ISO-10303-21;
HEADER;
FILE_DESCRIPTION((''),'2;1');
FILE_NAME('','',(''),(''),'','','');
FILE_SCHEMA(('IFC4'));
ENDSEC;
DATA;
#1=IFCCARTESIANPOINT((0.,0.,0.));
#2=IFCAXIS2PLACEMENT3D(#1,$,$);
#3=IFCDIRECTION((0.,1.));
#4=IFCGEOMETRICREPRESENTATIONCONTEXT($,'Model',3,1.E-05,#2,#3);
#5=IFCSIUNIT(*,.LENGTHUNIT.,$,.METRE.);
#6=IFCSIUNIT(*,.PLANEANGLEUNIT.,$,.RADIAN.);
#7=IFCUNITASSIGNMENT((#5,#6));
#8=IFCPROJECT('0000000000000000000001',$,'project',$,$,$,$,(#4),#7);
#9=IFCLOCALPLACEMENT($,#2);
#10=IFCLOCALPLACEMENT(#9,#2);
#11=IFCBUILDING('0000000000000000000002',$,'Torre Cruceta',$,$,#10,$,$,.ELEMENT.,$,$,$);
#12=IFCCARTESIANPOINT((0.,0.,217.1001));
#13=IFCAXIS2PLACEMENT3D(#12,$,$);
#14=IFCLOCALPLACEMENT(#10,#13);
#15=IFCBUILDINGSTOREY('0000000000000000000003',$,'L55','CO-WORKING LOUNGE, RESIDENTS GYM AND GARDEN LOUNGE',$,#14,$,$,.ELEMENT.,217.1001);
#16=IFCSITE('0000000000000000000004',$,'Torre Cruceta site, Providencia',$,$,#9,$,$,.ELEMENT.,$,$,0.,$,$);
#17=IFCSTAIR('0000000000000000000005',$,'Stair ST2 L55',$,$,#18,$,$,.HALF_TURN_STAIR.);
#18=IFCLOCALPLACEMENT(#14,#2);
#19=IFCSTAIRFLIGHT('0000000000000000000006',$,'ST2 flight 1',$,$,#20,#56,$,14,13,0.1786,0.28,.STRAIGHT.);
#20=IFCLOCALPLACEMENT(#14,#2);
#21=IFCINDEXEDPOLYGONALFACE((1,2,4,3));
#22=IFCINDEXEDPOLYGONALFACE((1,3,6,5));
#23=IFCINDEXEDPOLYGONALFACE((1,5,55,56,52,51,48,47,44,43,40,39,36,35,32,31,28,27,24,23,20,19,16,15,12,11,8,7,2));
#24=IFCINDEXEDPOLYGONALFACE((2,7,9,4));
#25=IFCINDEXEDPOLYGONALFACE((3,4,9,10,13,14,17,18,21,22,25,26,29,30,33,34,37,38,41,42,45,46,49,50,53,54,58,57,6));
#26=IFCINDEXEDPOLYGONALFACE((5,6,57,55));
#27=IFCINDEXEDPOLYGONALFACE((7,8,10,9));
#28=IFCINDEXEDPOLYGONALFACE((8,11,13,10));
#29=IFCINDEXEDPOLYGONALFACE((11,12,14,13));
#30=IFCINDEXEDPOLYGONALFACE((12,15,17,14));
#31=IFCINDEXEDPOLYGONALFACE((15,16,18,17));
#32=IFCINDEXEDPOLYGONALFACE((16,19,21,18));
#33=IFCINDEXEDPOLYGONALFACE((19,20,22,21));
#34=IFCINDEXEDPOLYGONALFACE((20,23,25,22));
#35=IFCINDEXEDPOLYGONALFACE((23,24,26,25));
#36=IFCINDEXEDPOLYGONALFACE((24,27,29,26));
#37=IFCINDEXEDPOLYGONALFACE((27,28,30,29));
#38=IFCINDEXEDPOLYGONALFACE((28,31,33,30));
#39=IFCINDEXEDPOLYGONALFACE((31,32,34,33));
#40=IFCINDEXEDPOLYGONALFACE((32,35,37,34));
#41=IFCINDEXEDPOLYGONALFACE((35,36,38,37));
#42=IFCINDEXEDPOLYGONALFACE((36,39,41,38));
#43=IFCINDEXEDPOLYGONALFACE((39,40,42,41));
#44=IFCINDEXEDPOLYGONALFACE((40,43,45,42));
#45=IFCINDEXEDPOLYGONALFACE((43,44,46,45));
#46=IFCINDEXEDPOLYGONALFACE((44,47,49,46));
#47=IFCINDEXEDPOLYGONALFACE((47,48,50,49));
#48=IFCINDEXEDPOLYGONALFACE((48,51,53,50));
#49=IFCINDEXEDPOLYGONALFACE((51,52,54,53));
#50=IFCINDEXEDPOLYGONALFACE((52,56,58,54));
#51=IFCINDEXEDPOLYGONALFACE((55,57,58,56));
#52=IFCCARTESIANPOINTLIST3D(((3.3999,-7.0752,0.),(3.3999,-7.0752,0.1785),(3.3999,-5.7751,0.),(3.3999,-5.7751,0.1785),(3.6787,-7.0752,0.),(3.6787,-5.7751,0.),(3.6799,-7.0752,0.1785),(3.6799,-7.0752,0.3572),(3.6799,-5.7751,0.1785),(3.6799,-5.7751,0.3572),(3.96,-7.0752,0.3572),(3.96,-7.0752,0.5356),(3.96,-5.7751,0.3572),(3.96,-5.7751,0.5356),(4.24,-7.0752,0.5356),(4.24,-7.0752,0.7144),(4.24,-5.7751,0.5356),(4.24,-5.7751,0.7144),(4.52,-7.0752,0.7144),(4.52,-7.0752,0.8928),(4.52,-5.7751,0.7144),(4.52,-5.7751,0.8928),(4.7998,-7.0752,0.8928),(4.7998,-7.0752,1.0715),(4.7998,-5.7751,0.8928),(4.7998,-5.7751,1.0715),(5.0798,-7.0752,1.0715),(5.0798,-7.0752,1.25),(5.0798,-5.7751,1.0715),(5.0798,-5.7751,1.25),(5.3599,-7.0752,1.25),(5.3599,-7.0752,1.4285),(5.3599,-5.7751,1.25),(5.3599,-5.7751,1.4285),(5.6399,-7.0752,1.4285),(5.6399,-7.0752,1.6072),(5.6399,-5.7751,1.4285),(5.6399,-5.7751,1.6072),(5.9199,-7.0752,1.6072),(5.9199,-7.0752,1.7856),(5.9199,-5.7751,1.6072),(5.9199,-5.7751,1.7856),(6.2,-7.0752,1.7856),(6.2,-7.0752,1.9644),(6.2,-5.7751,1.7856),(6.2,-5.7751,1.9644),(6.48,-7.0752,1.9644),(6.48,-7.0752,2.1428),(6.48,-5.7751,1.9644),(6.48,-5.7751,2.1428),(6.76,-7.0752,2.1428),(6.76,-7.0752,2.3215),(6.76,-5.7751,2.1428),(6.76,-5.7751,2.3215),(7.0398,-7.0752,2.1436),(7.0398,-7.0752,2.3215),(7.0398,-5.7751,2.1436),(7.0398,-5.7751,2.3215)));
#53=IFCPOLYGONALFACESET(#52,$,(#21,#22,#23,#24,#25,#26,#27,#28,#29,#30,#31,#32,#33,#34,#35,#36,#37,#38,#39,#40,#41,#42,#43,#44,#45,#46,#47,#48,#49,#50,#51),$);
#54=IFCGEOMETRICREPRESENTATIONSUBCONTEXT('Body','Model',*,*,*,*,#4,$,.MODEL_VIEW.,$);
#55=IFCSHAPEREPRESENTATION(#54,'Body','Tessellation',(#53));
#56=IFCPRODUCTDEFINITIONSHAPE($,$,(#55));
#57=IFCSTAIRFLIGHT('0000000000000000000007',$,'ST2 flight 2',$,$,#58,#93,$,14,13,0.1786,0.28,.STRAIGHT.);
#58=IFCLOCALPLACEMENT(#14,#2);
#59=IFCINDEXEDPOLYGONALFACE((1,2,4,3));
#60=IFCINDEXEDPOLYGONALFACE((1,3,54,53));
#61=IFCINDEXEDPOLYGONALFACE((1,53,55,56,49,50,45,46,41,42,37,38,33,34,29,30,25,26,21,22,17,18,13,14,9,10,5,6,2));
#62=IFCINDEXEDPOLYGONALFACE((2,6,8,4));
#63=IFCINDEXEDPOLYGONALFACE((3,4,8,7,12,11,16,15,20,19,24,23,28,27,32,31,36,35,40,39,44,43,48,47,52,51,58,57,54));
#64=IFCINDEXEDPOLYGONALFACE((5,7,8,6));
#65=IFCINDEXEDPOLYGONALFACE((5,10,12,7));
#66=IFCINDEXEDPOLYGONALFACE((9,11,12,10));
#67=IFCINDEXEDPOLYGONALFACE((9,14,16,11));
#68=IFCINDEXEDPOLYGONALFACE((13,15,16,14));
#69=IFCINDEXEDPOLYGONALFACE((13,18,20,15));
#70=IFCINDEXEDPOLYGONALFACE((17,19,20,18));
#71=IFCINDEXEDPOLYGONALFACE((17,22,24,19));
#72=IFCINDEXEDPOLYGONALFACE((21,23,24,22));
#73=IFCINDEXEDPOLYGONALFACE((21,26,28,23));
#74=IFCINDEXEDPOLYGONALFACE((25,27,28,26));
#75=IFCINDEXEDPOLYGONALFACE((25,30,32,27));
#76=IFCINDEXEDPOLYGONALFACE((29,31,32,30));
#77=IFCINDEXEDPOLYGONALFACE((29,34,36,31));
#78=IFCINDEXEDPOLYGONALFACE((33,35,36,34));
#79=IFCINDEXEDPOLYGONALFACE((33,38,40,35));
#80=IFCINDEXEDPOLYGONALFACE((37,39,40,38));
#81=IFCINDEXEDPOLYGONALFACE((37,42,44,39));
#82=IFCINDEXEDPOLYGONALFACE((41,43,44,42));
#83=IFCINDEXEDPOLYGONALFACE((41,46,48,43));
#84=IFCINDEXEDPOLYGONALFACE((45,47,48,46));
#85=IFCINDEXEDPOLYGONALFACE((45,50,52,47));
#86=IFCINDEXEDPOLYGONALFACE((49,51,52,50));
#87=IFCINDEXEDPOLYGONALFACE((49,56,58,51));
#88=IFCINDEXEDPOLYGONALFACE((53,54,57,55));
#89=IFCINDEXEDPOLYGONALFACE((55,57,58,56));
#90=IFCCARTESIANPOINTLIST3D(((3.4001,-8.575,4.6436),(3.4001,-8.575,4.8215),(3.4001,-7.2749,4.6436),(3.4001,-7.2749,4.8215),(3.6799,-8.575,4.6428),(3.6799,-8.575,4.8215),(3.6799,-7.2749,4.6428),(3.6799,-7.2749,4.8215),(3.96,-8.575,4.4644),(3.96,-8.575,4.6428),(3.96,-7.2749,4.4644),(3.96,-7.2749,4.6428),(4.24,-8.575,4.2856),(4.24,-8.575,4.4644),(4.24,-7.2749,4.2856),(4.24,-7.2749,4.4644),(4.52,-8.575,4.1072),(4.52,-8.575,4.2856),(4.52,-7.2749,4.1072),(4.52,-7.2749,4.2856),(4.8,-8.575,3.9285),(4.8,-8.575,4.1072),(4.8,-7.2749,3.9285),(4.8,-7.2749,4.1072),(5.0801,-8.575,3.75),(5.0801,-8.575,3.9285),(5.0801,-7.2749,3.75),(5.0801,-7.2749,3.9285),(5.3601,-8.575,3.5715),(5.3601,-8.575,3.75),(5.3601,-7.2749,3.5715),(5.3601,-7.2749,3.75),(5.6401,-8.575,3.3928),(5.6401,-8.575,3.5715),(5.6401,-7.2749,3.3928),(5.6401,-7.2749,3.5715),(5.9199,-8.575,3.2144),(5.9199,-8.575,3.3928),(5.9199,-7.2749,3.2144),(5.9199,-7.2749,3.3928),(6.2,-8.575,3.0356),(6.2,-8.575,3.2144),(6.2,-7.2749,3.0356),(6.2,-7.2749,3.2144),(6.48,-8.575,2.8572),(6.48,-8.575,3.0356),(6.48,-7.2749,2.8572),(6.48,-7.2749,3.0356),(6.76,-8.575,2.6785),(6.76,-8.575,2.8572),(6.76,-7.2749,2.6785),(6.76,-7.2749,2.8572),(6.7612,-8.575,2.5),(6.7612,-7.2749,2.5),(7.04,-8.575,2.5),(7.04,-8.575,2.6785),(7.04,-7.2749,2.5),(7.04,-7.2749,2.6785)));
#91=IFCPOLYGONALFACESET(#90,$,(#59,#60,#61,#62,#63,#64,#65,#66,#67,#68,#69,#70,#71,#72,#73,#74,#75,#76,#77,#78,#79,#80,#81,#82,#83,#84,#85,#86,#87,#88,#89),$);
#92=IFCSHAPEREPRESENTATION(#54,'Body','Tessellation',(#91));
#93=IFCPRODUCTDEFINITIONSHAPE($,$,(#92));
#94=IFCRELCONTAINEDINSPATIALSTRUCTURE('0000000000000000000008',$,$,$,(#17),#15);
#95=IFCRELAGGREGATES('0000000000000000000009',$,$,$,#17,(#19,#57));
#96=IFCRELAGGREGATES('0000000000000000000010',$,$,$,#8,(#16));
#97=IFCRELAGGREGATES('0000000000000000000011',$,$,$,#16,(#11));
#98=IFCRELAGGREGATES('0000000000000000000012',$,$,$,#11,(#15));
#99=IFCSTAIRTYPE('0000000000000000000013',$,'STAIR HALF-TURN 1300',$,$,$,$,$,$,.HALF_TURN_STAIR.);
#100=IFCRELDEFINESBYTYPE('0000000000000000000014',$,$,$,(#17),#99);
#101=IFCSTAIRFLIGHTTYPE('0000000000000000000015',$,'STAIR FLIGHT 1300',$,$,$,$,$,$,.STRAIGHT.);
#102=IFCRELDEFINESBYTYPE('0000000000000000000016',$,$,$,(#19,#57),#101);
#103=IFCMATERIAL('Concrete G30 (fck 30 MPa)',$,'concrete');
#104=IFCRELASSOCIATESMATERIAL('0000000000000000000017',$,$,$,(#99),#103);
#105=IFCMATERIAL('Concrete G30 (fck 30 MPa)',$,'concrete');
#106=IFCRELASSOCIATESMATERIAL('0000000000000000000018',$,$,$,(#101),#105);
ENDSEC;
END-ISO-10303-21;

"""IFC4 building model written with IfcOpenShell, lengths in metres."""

from ifc_helpers import new_model, si_unit, direction, frame, origin, place, context, subcontext, project, spatial, polyline, outline, extrude, material, type_object, element, aggregate, save


model = new_model("IFC4")

# Units and contexts
model_context = context("Model", 3, precision=1e-05, world=origin(), true_north=direction((0.0, 1.0)))
body_context = subcontext(model_context, "Body", "Model", "MODEL_VIEW")
ifc_project = project(units=[si_unit("LENGTHUNIT", "METRE"), si_unit("PLANEANGLEUNIT", "RADIAN")], contexts=[model_context])

# Site, building, storey
site_placement = place(None, origin())
site = spatial("IfcSite", under=ifc_project, at=site_placement, Name="Torre Cruceta site, Providencia", CompositionType="ELEMENT", RefElevation=0.0)
building_placement = place(site_placement, origin())
building = spatial("IfcBuilding", under=site, at=building_placement, Name="Torre Cruceta", CompositionType="ELEMENT")
storey_placement = place(building_placement, frame((0.0, 0.0, 217.1001)))
storey = spatial("IfcBuildingStorey", under=building, at=storey_placement, Name="L55", Description="CO-WORKING LOUNGE, RESIDENTS GYM AND GARDEN LOUNGE", CompositionType="ELEMENT", Elevation=217.1001)

# Stair, stair flights
ifc_material_1 = material(Name="Concrete G30 (fck 30 MPa)", Category="concrete")
stair_type = type_object("IfcStairType", Name="STAIR HALF-TURN 1300", PredefinedType="HALF_TURN_STAIR", material=ifc_material_1)
stair_placement = place(storey_placement, origin())
stair = element("IfcStair", 1, at=stair_placement, inside=storey, type_object=stair_type, Name="Stair ST2 L55", PredefinedType="HALF_TURN_STAIR")
ifc_material_2 = material(Name="Concrete G30 (fck 30 MPa)", Category="concrete")
stair_flight_type = type_object("IfcStairFlightType", Name="STAIR FLIGHT 1300", PredefinedType="STRAIGHT", material=ifc_material_2)
stair_flight_1_placement = place(storey_placement, frame((3.3999, -6.425, 0.0), z_axis=(0.0, 0.0, 1.0), x_axis=(1.0, 0.0, 0.0)))
stair_flight_1 = element("IfcStairFlight", 2, at=stair_flight_1_placement, type_object=stair_flight_type, Name="ST2 flight 1", NumberOfRisers=14, NumberOfTreads=13, PredefinedType="STRAIGHT", RiserHeight=0.1786, TreadLength=0.28, context=body_context, shape_type="SweptSolid", body=[
    extrude(outline(polyline([(0.0, 0.0), (0.0, 0.1785), (0.28, 0.1785), (0.28, 0.3572), (0.5601, 0.3572), (0.5601, 0.5356), (0.8401, 0.5356), (0.8401, 0.7144), (1.1201, 0.7144), (1.1201, 0.8928), (1.3999, 0.8928), (1.3999, 1.0715), (1.6799, 1.0715), (1.6799, 1.25), (1.96, 1.25), (1.96, 1.4285), (2.24, 1.4285), (2.24, 1.6072), (2.52, 1.6072), (2.52, 1.7856), (2.8, 1.7856), (2.8, 1.9644), (3.0801, 1.9644), (3.0801, 2.1428), (3.3601, 2.1428), (3.3601, 2.3215), (3.6399, 2.3215), (3.6399, 2.5), (3.6399, 2.1436), (0.2788, 0.0), (0.0, 0.0)])), frame((0.0, 0.6499, 0.0), z_axis=(0.0, -1.0, 0.0), x_axis=(1.0, 0.0, 0.0)), (0.0, 0.0, 1.0), 1.3),
])
stair_flight_2_placement = place(storey_placement, frame((7.04, -7.925, 2.5), z_axis=(0.0, 0.0, 1.0), x_axis=(-1.0, 0.0, 0.0)))
stair_flight_2 = element("IfcStairFlight", 3, at=stair_flight_2_placement, type_object=stair_flight_type, Name="ST2 flight 2", NumberOfRisers=14, NumberOfTreads=13, PredefinedType="STRAIGHT", RiserHeight=0.1786, TreadLength=0.28, context=body_context, shape_type="SweptSolid", body=[
    extrude(outline(polyline([(0.0, 0.0), (0.0, 0.1785), (0.28, 0.1785), (0.28, 0.3572), (0.5601, 0.3572), (0.5601, 0.5356), (0.8401, 0.5356), (0.8401, 0.7144), (1.1201, 0.7144), (1.1201, 0.8928), (1.3999, 0.8928), (1.3999, 1.0715), (1.6799, 1.0715), (1.6799, 1.25), (1.96, 1.25), (1.96, 1.4285), (2.24, 1.4285), (2.24, 1.6072), (2.52, 1.6072), (2.52, 1.7856), (2.8, 1.7856), (2.8, 1.9644), (3.0801, 1.9644), (3.0801, 2.1428), (3.3601, 2.1428), (3.3601, 2.3215), (3.6399, 2.3215), (3.6399, 2.5), (3.6399, 2.1436), (0.2788, 0.0), (0.0, 0.0)])), frame((0.0, 0.6499, 0.0), z_axis=(0.0, -1.0, 0.0), x_axis=(1.0, 0.0, 0.0)), (0.0, 0.0, 1.0), 1.3),
])
aggregate(stair, [stair_flight_1, stair_flight_2])

save(model, "model.ifc")
